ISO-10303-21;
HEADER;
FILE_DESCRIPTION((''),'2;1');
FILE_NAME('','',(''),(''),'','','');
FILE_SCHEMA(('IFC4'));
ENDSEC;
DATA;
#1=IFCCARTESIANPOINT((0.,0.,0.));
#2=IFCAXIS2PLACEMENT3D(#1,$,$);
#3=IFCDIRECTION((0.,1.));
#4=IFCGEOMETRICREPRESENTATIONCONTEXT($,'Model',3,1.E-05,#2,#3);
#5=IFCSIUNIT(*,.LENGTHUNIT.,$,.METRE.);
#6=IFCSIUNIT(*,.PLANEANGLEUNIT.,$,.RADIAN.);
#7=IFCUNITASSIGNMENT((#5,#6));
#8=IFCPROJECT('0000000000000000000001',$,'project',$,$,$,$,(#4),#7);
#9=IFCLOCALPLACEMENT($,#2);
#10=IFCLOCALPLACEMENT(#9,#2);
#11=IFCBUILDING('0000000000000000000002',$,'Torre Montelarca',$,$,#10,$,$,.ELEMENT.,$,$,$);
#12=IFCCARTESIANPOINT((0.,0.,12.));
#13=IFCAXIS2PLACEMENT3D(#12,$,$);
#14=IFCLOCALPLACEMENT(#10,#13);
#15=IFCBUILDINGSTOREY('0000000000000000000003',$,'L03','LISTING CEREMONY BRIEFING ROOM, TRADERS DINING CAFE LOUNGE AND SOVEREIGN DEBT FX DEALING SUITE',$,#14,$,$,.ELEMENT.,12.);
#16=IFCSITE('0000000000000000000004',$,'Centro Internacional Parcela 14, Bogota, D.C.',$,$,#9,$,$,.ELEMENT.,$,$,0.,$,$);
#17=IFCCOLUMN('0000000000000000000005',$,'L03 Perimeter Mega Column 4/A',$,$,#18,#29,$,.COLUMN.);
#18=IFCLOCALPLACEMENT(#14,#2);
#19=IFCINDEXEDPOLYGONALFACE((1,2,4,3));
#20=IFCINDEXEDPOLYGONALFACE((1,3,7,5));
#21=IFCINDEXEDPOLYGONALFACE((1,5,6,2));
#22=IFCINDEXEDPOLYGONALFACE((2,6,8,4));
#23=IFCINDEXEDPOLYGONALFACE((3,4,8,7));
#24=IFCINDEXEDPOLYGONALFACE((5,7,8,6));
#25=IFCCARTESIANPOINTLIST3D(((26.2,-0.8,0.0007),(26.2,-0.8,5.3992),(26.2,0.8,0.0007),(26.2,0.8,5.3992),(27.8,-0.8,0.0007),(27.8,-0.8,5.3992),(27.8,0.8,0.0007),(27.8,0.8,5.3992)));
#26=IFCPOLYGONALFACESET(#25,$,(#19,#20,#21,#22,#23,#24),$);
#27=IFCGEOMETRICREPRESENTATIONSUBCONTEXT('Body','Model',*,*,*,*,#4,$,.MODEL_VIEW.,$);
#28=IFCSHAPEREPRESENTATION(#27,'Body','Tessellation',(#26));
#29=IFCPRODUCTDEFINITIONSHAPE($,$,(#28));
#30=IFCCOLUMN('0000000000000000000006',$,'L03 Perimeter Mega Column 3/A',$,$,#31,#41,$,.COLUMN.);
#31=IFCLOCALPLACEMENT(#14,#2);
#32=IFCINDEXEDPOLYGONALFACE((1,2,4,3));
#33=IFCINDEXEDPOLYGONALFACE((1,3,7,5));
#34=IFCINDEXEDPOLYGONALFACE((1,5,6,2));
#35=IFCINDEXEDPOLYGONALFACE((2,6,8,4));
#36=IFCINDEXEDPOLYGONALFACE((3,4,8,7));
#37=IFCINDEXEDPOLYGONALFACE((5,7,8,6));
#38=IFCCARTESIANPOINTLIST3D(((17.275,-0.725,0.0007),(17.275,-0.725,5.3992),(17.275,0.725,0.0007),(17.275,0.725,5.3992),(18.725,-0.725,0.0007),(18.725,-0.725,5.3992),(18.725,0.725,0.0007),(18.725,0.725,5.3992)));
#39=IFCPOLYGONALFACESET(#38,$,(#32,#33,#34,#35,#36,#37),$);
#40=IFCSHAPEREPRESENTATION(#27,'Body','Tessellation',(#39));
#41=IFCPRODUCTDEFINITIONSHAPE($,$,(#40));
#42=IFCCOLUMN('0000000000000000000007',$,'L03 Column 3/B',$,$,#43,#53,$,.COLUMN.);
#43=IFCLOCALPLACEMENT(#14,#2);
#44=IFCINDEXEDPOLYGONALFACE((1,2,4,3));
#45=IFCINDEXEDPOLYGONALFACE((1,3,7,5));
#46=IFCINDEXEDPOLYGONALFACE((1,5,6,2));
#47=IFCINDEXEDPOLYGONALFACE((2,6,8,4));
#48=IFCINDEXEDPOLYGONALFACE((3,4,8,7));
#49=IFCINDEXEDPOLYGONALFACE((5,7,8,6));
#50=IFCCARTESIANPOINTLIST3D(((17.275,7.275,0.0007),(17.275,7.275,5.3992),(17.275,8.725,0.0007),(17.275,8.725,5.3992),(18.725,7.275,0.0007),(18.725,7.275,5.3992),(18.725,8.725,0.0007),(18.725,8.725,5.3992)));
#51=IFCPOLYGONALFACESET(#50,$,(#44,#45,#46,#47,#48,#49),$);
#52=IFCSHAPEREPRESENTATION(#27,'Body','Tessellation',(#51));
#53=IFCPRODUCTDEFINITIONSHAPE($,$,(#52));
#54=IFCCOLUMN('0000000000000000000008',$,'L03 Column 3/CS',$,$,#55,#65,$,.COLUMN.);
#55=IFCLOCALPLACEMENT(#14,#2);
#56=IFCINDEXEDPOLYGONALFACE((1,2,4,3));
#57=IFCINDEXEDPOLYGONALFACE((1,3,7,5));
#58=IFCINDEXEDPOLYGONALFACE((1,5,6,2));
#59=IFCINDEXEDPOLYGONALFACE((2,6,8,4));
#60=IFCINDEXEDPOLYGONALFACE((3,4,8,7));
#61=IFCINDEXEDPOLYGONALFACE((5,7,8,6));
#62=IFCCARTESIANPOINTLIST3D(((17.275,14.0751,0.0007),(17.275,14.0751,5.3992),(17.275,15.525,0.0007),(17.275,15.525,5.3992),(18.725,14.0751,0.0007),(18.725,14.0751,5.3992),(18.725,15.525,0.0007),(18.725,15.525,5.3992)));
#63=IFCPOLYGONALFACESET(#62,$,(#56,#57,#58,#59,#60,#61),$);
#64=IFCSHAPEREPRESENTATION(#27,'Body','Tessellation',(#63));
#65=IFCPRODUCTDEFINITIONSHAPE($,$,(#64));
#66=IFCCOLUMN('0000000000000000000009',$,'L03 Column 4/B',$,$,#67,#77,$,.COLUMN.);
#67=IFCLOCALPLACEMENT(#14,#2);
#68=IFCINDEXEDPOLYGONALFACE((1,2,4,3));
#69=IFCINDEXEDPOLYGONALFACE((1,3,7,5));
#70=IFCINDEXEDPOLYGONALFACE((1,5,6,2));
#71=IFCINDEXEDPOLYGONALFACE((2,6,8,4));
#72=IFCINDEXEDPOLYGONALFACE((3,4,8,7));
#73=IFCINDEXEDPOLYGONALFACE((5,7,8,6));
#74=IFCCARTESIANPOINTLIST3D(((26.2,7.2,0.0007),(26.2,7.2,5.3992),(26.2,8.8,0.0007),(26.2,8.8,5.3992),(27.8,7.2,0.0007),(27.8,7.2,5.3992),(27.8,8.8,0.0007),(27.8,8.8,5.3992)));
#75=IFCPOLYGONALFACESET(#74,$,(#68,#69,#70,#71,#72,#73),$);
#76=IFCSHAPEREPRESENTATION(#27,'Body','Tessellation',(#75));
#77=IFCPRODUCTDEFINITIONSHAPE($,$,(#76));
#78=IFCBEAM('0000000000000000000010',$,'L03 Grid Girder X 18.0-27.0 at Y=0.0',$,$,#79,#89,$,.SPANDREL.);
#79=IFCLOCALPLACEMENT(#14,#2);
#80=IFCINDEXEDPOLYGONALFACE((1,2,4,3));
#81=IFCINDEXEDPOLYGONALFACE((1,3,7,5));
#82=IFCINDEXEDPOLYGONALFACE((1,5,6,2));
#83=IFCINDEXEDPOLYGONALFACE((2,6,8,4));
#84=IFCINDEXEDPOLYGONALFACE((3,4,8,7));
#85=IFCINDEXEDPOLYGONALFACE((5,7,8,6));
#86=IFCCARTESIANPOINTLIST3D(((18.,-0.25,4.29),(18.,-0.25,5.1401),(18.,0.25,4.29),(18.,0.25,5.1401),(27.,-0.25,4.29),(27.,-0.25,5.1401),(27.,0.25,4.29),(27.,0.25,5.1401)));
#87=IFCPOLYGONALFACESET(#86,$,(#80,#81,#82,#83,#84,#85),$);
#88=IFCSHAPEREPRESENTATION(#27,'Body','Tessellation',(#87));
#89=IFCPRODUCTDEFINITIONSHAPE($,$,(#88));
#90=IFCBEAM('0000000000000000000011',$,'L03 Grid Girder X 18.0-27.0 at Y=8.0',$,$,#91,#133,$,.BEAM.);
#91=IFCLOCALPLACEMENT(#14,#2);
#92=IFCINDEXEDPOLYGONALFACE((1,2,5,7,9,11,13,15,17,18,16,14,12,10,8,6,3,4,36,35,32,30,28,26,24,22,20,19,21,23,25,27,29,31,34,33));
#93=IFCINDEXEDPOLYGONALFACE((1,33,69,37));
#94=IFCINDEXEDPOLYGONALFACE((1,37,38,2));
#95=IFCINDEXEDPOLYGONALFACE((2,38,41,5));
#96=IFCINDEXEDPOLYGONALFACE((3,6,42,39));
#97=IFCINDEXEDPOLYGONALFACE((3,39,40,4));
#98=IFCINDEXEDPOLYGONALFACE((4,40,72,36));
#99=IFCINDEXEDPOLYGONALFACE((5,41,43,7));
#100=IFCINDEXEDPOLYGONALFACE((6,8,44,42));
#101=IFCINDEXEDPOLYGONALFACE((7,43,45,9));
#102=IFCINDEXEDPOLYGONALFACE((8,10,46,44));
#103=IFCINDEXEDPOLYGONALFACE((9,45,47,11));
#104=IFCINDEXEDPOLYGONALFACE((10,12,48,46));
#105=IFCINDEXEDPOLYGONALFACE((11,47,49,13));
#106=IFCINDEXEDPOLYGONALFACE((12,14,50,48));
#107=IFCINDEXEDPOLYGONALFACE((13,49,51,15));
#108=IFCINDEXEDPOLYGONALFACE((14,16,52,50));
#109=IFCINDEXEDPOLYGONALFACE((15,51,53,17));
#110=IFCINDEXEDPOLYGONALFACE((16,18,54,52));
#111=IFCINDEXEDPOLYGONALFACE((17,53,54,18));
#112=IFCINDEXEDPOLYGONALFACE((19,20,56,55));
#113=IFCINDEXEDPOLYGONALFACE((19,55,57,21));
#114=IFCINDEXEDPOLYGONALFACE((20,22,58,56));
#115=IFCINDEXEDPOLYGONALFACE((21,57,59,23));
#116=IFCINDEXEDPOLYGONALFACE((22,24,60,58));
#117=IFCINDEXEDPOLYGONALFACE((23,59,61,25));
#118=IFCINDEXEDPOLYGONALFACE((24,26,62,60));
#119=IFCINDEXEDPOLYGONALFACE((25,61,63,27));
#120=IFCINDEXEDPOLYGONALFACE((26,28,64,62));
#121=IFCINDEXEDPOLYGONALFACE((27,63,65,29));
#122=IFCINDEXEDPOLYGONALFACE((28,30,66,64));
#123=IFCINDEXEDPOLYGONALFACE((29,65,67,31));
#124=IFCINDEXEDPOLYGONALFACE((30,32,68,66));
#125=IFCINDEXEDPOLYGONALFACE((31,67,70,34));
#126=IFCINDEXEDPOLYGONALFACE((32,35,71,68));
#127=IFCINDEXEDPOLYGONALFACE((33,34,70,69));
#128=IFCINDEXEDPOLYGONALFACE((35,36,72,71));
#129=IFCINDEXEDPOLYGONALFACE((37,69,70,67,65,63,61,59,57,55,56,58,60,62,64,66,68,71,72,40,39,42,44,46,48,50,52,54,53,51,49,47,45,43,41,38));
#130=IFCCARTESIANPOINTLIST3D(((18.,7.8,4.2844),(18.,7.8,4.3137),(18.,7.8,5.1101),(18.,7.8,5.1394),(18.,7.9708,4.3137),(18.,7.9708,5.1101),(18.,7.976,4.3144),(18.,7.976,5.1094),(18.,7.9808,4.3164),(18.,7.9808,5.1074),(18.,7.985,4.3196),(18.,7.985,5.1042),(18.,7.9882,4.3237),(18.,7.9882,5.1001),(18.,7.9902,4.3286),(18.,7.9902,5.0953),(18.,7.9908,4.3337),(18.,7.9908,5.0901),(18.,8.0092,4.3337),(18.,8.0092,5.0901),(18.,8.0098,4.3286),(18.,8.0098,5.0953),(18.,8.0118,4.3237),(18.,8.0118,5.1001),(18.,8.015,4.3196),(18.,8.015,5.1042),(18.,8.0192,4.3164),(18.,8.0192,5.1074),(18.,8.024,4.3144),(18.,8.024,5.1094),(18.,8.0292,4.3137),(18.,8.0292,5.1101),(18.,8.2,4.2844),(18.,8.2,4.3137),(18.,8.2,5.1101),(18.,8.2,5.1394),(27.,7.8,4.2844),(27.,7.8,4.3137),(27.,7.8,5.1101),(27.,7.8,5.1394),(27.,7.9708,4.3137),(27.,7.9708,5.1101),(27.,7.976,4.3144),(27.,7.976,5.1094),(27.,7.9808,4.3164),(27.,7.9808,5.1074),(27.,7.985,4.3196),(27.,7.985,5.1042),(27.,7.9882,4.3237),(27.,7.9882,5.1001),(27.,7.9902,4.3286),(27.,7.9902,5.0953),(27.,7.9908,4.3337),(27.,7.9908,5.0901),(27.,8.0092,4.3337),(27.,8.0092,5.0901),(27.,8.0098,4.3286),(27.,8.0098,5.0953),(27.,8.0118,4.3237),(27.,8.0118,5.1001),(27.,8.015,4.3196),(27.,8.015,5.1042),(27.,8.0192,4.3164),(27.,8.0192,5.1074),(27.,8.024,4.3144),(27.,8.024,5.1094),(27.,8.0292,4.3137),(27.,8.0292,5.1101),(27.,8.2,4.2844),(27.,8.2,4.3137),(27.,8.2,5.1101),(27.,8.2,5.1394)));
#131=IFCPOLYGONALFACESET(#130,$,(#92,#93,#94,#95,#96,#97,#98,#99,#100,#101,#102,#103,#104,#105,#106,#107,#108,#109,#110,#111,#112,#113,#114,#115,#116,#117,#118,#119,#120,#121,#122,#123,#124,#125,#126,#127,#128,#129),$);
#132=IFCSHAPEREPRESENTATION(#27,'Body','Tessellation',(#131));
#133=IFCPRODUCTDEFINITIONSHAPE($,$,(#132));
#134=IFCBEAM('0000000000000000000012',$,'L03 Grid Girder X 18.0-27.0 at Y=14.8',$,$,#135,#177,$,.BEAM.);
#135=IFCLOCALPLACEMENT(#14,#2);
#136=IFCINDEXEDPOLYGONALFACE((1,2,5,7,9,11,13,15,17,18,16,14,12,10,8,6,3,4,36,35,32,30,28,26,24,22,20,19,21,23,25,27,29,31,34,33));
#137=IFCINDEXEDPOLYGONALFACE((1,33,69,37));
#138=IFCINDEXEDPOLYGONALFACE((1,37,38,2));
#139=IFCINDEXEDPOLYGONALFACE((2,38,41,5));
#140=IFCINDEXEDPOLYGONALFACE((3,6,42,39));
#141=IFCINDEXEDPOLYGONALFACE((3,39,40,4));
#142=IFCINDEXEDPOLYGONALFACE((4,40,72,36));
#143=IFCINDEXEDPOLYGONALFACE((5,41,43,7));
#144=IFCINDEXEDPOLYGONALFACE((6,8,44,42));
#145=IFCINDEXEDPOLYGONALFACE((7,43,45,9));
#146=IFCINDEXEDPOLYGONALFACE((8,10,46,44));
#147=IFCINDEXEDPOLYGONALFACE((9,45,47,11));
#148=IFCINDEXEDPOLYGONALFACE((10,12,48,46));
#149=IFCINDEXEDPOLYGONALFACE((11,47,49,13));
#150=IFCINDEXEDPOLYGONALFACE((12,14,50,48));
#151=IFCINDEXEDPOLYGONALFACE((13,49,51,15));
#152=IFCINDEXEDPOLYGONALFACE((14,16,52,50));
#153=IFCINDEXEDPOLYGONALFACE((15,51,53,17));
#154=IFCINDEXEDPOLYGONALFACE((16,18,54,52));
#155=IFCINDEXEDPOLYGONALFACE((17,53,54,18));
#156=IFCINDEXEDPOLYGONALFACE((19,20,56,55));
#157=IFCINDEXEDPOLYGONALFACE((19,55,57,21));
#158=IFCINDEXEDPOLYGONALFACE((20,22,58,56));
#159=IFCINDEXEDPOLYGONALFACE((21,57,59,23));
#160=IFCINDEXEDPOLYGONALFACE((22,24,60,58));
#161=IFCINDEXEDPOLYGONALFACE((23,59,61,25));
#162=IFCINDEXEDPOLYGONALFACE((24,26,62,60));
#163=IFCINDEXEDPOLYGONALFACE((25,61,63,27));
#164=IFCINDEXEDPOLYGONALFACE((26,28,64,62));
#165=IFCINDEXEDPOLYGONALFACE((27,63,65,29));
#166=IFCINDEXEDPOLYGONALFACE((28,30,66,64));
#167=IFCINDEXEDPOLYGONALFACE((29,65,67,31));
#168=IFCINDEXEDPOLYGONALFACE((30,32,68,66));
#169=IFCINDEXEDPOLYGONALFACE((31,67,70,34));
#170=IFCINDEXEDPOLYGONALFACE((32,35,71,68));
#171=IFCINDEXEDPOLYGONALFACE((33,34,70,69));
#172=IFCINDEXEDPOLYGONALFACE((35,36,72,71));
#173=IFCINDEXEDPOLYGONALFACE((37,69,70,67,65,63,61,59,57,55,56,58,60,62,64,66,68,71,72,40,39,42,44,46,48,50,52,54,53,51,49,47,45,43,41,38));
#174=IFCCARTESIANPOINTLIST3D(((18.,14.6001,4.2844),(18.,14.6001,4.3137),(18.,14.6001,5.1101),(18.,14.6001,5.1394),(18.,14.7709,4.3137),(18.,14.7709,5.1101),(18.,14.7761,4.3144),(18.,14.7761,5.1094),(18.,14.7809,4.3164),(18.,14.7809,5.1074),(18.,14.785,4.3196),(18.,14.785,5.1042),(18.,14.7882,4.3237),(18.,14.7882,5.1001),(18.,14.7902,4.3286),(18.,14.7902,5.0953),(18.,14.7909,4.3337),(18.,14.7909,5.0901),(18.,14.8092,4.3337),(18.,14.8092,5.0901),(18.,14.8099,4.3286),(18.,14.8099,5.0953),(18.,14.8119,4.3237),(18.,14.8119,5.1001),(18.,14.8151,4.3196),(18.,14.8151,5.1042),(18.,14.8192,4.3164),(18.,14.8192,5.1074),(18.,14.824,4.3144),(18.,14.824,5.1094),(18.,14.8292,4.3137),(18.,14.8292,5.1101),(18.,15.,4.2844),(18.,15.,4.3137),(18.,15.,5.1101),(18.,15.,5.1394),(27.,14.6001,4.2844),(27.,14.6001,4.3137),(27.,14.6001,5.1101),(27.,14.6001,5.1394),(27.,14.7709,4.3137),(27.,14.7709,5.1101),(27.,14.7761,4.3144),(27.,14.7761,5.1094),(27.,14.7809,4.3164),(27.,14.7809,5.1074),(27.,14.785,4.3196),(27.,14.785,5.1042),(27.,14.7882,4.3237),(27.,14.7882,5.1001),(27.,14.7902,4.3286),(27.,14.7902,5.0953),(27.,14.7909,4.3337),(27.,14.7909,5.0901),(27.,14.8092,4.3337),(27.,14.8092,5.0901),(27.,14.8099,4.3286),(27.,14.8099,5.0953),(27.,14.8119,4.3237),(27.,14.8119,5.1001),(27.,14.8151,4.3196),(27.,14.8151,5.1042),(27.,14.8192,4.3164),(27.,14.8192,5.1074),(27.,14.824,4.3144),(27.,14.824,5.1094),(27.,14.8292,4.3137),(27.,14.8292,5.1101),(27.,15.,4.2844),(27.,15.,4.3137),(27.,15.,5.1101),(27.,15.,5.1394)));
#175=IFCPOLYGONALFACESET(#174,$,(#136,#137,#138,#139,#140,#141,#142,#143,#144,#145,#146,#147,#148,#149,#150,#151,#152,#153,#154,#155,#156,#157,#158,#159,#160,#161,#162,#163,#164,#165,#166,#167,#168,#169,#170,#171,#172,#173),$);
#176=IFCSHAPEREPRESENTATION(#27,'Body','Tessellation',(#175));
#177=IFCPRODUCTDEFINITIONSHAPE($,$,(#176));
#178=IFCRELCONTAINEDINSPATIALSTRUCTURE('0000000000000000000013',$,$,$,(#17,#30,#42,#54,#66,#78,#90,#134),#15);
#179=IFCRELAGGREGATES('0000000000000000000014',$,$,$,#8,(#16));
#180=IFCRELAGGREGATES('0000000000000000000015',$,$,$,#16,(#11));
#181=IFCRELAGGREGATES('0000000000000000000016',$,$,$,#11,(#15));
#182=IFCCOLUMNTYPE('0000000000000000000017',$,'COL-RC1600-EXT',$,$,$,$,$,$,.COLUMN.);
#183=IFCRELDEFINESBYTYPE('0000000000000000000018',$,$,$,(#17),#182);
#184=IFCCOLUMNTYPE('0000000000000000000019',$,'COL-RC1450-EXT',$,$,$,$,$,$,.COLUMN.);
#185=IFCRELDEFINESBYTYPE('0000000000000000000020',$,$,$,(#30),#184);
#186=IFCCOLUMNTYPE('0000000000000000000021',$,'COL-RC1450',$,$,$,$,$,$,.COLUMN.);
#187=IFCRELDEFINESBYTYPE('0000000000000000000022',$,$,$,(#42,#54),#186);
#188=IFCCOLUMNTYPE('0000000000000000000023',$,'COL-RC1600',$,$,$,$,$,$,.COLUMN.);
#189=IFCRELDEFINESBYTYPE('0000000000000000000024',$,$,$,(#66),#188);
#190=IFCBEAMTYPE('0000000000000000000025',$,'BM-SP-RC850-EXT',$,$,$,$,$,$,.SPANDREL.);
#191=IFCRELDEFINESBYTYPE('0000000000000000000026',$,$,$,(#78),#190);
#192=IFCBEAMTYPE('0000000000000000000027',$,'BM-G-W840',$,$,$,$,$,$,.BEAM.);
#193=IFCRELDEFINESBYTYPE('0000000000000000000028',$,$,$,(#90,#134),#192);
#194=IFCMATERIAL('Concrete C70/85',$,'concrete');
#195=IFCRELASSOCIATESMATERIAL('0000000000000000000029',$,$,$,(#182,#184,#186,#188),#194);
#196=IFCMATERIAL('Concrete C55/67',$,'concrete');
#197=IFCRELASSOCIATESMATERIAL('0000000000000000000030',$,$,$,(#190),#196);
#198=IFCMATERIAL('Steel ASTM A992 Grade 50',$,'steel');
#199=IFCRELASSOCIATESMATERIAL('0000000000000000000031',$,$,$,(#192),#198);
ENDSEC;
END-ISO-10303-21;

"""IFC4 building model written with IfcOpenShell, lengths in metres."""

from ifc_helpers import new_model, si_unit, direction, frame, origin, origin_2d, place, context, subcontext, project, spatial, rectangle, i_section, extrude, source, transform, mapped, material, material_profile, profile_set, type_object, element, save


model = new_model("IFC4")

# Units and contexts
model_context = context("Model", 3, precision=1e-05, world=origin(), true_north=direction((0.0, 1.0)))
body_context = subcontext(model_context, "Body", "Model", "MODEL_VIEW")
ifc_project = project(units=[si_unit("LENGTHUNIT", "METRE"), si_unit("PLANEANGLEUNIT", "RADIAN")], contexts=[model_context])

# Site, building, storey
site_placement = place(None, origin())
site = spatial("IfcSite", under=ifc_project, at=site_placement, Name="Centro Internacional Parcela 14, Bogota, D.C.", CompositionType="ELEMENT", RefElevation=0.0)
building_placement = place(site_placement, origin())
building = spatial("IfcBuilding", under=site, at=building_placement, Name="Torre Montelarca", CompositionType="ELEMENT")
storey_placement = place(building_placement, frame((0.0, 0.0, 12.0)))
storey = spatial("IfcBuildingStorey", under=building, at=storey_placement, Name="L03", Description="LISTING CEREMONY BRIEFING ROOM, TRADERS DINING CAFE LOUNGE AND SOVEREIGN DEBT FX DEALING SUITE", CompositionType="ELEMENT", Elevation=12.0)

# Columns
ifc_material_1 = material(Name="Concrete C70/85", Category="concrete")
ifc_material_profile_1 = material_profile(ifc_material_1, rectangle(XDim=1.6001, YDim=1.6001, at=origin_2d()), Name="RC1600X1600", Category="concrete")
ifc_profile_set_1 = profile_set([ifc_material_profile_1], Name="Concrete C70/85")
column_type_1 = type_object("IfcColumnType", Name="COL-RC1600-EXT", PredefinedType="COLUMN", material=ifc_profile_set_1)
shared_shape_1 = source(origin(), body_context, "Body", "SweptSolid", [
    extrude(rectangle(XDim=1.6001, YDim=1.6001, at=origin_2d()), origin(), (0.0, 0.0, 1.0), 5.3984),
])
column_1_placement = place(storey_placement, frame((27.0, 0.0, 0.0007), z_axis=(0.0, 0.0, 1.0), x_axis=(1.0, 0.0, 0.0)))
element("IfcColumn", 1, at=column_1_placement, inside=storey, type_object=column_type_1, Name="L03 Perimeter Mega Column 4/A", PredefinedType="COLUMN", context=body_context, shape_type="MappedRepresentation", body=[
    mapped(shared_shape_1, transform((0.0, 0.0, 0.0), scale=1.0)),
])
ifc_material_profile_2 = material_profile(ifc_material_1, rectangle(XDim=1.45, YDim=1.45, at=origin_2d()), Name="RC1450X1450", Category="concrete")
ifc_profile_set_2 = profile_set([ifc_material_profile_2], Name="Concrete C70/85")
column_type_2 = type_object("IfcColumnType", Name="COL-RC1450-EXT", PredefinedType="COLUMN", material=ifc_profile_set_2)
shared_shape_2 = source(origin(), body_context, "Body", "SweptSolid", [
    extrude(rectangle(XDim=1.45, YDim=1.45, at=origin_2d()), origin(), (0.0, 0.0, 1.0), 5.3984),
])
column_2_placement = place(storey_placement, frame((18.0, 0.0, 0.0007), z_axis=(0.0, 0.0, 1.0), x_axis=(1.0, 0.0, 0.0)))
element("IfcColumn", 2, at=column_2_placement, inside=storey, type_object=column_type_2, Name="L03 Perimeter Mega Column 3/A", PredefinedType="COLUMN", context=body_context, shape_type="MappedRepresentation", body=[
    mapped(shared_shape_2, transform((0.0, 0.0, 0.0), scale=1.0)),
])
ifc_material_profile_3 = material_profile(ifc_material_1, rectangle(XDim=1.45, YDim=1.45, at=origin_2d()), Name="RC1450X1450", Category="concrete")
ifc_profile_set_3 = profile_set([ifc_material_profile_3], Name="Concrete C70/85")
column_type_3 = type_object("IfcColumnType", Name="COL-RC1450", PredefinedType="COLUMN", material=ifc_profile_set_3)
shared_shape_3 = source(origin(), body_context, "Body", "SweptSolid", [
    extrude(rectangle(XDim=1.45, YDim=1.45, at=origin_2d()), origin(), (0.0, 0.0, 1.0), 5.3984),
])
for number, where, z_axis, x_axis, name in (
    (3, (18.0, 8.0, 0.0007), (0.0, 0.0, 1.0), (1.0, 0.0, 0.0), "L03 Column 3/B"),
    (4, (18.0, 14.8, 0.0007), (0.0, 0.0, 1.0), (1.0, 0.0, 0.0), "L03 Column 3/CS"),
):
    element("IfcColumn", number, at=place(storey_placement, frame(where, z_axis=z_axis, x_axis=x_axis)), inside=storey, type_object=column_type_3, Name=name, PredefinedType="COLUMN", context=body_context, shape_type="MappedRepresentation", body=[
        mapped(shared_shape_3, transform((0.0, 0.0, 0.0), scale=1.0)),
    ])
ifc_material_profile_4 = material_profile(ifc_material_1, rectangle(XDim=1.6001, YDim=1.6001, at=origin_2d()), Name="RC1600X1600", Category="concrete")
ifc_profile_set_4 = profile_set([ifc_material_profile_4], Name="Concrete C70/85")
column_type_4 = type_object("IfcColumnType", Name="COL-RC1600", PredefinedType="COLUMN", material=ifc_profile_set_4)
shared_shape_4 = source(origin(), body_context, "Body", "SweptSolid", [
    extrude(rectangle(XDim=1.6001, YDim=1.6001, at=origin_2d()), origin(), (0.0, 0.0, 1.0), 5.3984),
])
column_3_placement = place(storey_placement, frame((27.0, 8.0, 0.0007), z_axis=(0.0, 0.0, 1.0), x_axis=(1.0, 0.0, 0.0)))
element("IfcColumn", 5, at=column_3_placement, inside=storey, type_object=column_type_4, Name="L03 Column 4/B", PredefinedType="COLUMN", context=body_context, shape_type="MappedRepresentation", body=[
    mapped(shared_shape_4, transform((0.0, 0.0, 0.0), scale=1.0)),
])

# Beams
ifc_material_2 = material(Name="Concrete C55/67", Category="concrete")
ifc_material_profile_5 = material_profile(ifc_material_2, rectangle(XDim=0.5, YDim=0.8501, at=origin_2d()), Name="RCB500X850", Category="concrete")
ifc_profile_set_5 = profile_set([ifc_material_profile_5], Name="Concrete C55/67")
beam_type_1 = type_object("IfcBeamType", Name="BM-SP-RC850-EXT", PredefinedType="SPANDREL", material=ifc_profile_set_5)
shared_shape_5 = source(origin(), body_context, "Body", "SweptSolid", [
    extrude(rectangle(XDim=0.5, YDim=0.8501, at=origin_2d()), origin(), (0.0, 0.0, 1.0), 9.0),
])
beam_1_placement = place(storey_placement, frame((18.0, 0.0, 4.7151), z_axis=(1.0, 0.0, 0.0), x_axis=(0.0, 1.0, 0.0)))
element("IfcBeam", 6, at=beam_1_placement, inside=storey, type_object=beam_type_1, Name="L03 Grid Girder X 18.0-27.0 at Y=0.0", PredefinedType="SPANDREL", context=body_context, shape_type="MappedRepresentation", body=[
    mapped(shared_shape_5, transform((0.0, 0.0, 0.0), scale=1.0)),
])
ifc_material_3 = material(Name="Steel ASTM A992 Grade 50", Category="steel")
ifc_material_profile_6 = material_profile(ifc_material_3, i_section(OverallWidth=0.3999, OverallDepth=0.855, WebThickness=0.0183, FlangeThickness=0.0293, FilletRadius=0.02, at=origin_2d()), Name="W840X299", Category="steel")
ifc_profile_set_6 = profile_set([ifc_material_profile_6], Name="Steel ASTM A992 Grade 50")
beam_type_2 = type_object("IfcBeamType", Name="BM-G-W840", PredefinedType="BEAM", material=ifc_profile_set_6)
shared_shape_6 = source(origin(), body_context, "Body", "SweptSolid", [
    extrude(i_section(OverallWidth=0.3999, OverallDepth=0.855, WebThickness=0.0183, FlangeThickness=0.0293, FilletRadius=0.02, at=origin_2d()), origin(), (0.0, 0.0, 1.0), 9.0),
])
for number, where, z_axis, x_axis, name in (
    (7, (18.0, 8.0, 4.7119), (1.0, 0.0, 0.0), (0.0, 1.0, 0.0), "L03 Grid Girder X 18.0-27.0 at Y=8.0"),
    (8, (18.0, 14.8, 4.7119), (1.0, 0.0, 0.0), (0.0, 1.0, 0.0), "L03 Grid Girder X 18.0-27.0 at Y=14.8"),
):
    element("IfcBeam", number, at=place(storey_placement, frame(where, z_axis=z_axis, x_axis=x_axis)), inside=storey, type_object=beam_type_2, Name=name, PredefinedType="BEAM", context=body_context, shape_type="MappedRepresentation", body=[
        mapped(shared_shape_6, transform((0.0, 0.0, 0.0), scale=1.0)),
    ])

save(model, "model.ifc")
